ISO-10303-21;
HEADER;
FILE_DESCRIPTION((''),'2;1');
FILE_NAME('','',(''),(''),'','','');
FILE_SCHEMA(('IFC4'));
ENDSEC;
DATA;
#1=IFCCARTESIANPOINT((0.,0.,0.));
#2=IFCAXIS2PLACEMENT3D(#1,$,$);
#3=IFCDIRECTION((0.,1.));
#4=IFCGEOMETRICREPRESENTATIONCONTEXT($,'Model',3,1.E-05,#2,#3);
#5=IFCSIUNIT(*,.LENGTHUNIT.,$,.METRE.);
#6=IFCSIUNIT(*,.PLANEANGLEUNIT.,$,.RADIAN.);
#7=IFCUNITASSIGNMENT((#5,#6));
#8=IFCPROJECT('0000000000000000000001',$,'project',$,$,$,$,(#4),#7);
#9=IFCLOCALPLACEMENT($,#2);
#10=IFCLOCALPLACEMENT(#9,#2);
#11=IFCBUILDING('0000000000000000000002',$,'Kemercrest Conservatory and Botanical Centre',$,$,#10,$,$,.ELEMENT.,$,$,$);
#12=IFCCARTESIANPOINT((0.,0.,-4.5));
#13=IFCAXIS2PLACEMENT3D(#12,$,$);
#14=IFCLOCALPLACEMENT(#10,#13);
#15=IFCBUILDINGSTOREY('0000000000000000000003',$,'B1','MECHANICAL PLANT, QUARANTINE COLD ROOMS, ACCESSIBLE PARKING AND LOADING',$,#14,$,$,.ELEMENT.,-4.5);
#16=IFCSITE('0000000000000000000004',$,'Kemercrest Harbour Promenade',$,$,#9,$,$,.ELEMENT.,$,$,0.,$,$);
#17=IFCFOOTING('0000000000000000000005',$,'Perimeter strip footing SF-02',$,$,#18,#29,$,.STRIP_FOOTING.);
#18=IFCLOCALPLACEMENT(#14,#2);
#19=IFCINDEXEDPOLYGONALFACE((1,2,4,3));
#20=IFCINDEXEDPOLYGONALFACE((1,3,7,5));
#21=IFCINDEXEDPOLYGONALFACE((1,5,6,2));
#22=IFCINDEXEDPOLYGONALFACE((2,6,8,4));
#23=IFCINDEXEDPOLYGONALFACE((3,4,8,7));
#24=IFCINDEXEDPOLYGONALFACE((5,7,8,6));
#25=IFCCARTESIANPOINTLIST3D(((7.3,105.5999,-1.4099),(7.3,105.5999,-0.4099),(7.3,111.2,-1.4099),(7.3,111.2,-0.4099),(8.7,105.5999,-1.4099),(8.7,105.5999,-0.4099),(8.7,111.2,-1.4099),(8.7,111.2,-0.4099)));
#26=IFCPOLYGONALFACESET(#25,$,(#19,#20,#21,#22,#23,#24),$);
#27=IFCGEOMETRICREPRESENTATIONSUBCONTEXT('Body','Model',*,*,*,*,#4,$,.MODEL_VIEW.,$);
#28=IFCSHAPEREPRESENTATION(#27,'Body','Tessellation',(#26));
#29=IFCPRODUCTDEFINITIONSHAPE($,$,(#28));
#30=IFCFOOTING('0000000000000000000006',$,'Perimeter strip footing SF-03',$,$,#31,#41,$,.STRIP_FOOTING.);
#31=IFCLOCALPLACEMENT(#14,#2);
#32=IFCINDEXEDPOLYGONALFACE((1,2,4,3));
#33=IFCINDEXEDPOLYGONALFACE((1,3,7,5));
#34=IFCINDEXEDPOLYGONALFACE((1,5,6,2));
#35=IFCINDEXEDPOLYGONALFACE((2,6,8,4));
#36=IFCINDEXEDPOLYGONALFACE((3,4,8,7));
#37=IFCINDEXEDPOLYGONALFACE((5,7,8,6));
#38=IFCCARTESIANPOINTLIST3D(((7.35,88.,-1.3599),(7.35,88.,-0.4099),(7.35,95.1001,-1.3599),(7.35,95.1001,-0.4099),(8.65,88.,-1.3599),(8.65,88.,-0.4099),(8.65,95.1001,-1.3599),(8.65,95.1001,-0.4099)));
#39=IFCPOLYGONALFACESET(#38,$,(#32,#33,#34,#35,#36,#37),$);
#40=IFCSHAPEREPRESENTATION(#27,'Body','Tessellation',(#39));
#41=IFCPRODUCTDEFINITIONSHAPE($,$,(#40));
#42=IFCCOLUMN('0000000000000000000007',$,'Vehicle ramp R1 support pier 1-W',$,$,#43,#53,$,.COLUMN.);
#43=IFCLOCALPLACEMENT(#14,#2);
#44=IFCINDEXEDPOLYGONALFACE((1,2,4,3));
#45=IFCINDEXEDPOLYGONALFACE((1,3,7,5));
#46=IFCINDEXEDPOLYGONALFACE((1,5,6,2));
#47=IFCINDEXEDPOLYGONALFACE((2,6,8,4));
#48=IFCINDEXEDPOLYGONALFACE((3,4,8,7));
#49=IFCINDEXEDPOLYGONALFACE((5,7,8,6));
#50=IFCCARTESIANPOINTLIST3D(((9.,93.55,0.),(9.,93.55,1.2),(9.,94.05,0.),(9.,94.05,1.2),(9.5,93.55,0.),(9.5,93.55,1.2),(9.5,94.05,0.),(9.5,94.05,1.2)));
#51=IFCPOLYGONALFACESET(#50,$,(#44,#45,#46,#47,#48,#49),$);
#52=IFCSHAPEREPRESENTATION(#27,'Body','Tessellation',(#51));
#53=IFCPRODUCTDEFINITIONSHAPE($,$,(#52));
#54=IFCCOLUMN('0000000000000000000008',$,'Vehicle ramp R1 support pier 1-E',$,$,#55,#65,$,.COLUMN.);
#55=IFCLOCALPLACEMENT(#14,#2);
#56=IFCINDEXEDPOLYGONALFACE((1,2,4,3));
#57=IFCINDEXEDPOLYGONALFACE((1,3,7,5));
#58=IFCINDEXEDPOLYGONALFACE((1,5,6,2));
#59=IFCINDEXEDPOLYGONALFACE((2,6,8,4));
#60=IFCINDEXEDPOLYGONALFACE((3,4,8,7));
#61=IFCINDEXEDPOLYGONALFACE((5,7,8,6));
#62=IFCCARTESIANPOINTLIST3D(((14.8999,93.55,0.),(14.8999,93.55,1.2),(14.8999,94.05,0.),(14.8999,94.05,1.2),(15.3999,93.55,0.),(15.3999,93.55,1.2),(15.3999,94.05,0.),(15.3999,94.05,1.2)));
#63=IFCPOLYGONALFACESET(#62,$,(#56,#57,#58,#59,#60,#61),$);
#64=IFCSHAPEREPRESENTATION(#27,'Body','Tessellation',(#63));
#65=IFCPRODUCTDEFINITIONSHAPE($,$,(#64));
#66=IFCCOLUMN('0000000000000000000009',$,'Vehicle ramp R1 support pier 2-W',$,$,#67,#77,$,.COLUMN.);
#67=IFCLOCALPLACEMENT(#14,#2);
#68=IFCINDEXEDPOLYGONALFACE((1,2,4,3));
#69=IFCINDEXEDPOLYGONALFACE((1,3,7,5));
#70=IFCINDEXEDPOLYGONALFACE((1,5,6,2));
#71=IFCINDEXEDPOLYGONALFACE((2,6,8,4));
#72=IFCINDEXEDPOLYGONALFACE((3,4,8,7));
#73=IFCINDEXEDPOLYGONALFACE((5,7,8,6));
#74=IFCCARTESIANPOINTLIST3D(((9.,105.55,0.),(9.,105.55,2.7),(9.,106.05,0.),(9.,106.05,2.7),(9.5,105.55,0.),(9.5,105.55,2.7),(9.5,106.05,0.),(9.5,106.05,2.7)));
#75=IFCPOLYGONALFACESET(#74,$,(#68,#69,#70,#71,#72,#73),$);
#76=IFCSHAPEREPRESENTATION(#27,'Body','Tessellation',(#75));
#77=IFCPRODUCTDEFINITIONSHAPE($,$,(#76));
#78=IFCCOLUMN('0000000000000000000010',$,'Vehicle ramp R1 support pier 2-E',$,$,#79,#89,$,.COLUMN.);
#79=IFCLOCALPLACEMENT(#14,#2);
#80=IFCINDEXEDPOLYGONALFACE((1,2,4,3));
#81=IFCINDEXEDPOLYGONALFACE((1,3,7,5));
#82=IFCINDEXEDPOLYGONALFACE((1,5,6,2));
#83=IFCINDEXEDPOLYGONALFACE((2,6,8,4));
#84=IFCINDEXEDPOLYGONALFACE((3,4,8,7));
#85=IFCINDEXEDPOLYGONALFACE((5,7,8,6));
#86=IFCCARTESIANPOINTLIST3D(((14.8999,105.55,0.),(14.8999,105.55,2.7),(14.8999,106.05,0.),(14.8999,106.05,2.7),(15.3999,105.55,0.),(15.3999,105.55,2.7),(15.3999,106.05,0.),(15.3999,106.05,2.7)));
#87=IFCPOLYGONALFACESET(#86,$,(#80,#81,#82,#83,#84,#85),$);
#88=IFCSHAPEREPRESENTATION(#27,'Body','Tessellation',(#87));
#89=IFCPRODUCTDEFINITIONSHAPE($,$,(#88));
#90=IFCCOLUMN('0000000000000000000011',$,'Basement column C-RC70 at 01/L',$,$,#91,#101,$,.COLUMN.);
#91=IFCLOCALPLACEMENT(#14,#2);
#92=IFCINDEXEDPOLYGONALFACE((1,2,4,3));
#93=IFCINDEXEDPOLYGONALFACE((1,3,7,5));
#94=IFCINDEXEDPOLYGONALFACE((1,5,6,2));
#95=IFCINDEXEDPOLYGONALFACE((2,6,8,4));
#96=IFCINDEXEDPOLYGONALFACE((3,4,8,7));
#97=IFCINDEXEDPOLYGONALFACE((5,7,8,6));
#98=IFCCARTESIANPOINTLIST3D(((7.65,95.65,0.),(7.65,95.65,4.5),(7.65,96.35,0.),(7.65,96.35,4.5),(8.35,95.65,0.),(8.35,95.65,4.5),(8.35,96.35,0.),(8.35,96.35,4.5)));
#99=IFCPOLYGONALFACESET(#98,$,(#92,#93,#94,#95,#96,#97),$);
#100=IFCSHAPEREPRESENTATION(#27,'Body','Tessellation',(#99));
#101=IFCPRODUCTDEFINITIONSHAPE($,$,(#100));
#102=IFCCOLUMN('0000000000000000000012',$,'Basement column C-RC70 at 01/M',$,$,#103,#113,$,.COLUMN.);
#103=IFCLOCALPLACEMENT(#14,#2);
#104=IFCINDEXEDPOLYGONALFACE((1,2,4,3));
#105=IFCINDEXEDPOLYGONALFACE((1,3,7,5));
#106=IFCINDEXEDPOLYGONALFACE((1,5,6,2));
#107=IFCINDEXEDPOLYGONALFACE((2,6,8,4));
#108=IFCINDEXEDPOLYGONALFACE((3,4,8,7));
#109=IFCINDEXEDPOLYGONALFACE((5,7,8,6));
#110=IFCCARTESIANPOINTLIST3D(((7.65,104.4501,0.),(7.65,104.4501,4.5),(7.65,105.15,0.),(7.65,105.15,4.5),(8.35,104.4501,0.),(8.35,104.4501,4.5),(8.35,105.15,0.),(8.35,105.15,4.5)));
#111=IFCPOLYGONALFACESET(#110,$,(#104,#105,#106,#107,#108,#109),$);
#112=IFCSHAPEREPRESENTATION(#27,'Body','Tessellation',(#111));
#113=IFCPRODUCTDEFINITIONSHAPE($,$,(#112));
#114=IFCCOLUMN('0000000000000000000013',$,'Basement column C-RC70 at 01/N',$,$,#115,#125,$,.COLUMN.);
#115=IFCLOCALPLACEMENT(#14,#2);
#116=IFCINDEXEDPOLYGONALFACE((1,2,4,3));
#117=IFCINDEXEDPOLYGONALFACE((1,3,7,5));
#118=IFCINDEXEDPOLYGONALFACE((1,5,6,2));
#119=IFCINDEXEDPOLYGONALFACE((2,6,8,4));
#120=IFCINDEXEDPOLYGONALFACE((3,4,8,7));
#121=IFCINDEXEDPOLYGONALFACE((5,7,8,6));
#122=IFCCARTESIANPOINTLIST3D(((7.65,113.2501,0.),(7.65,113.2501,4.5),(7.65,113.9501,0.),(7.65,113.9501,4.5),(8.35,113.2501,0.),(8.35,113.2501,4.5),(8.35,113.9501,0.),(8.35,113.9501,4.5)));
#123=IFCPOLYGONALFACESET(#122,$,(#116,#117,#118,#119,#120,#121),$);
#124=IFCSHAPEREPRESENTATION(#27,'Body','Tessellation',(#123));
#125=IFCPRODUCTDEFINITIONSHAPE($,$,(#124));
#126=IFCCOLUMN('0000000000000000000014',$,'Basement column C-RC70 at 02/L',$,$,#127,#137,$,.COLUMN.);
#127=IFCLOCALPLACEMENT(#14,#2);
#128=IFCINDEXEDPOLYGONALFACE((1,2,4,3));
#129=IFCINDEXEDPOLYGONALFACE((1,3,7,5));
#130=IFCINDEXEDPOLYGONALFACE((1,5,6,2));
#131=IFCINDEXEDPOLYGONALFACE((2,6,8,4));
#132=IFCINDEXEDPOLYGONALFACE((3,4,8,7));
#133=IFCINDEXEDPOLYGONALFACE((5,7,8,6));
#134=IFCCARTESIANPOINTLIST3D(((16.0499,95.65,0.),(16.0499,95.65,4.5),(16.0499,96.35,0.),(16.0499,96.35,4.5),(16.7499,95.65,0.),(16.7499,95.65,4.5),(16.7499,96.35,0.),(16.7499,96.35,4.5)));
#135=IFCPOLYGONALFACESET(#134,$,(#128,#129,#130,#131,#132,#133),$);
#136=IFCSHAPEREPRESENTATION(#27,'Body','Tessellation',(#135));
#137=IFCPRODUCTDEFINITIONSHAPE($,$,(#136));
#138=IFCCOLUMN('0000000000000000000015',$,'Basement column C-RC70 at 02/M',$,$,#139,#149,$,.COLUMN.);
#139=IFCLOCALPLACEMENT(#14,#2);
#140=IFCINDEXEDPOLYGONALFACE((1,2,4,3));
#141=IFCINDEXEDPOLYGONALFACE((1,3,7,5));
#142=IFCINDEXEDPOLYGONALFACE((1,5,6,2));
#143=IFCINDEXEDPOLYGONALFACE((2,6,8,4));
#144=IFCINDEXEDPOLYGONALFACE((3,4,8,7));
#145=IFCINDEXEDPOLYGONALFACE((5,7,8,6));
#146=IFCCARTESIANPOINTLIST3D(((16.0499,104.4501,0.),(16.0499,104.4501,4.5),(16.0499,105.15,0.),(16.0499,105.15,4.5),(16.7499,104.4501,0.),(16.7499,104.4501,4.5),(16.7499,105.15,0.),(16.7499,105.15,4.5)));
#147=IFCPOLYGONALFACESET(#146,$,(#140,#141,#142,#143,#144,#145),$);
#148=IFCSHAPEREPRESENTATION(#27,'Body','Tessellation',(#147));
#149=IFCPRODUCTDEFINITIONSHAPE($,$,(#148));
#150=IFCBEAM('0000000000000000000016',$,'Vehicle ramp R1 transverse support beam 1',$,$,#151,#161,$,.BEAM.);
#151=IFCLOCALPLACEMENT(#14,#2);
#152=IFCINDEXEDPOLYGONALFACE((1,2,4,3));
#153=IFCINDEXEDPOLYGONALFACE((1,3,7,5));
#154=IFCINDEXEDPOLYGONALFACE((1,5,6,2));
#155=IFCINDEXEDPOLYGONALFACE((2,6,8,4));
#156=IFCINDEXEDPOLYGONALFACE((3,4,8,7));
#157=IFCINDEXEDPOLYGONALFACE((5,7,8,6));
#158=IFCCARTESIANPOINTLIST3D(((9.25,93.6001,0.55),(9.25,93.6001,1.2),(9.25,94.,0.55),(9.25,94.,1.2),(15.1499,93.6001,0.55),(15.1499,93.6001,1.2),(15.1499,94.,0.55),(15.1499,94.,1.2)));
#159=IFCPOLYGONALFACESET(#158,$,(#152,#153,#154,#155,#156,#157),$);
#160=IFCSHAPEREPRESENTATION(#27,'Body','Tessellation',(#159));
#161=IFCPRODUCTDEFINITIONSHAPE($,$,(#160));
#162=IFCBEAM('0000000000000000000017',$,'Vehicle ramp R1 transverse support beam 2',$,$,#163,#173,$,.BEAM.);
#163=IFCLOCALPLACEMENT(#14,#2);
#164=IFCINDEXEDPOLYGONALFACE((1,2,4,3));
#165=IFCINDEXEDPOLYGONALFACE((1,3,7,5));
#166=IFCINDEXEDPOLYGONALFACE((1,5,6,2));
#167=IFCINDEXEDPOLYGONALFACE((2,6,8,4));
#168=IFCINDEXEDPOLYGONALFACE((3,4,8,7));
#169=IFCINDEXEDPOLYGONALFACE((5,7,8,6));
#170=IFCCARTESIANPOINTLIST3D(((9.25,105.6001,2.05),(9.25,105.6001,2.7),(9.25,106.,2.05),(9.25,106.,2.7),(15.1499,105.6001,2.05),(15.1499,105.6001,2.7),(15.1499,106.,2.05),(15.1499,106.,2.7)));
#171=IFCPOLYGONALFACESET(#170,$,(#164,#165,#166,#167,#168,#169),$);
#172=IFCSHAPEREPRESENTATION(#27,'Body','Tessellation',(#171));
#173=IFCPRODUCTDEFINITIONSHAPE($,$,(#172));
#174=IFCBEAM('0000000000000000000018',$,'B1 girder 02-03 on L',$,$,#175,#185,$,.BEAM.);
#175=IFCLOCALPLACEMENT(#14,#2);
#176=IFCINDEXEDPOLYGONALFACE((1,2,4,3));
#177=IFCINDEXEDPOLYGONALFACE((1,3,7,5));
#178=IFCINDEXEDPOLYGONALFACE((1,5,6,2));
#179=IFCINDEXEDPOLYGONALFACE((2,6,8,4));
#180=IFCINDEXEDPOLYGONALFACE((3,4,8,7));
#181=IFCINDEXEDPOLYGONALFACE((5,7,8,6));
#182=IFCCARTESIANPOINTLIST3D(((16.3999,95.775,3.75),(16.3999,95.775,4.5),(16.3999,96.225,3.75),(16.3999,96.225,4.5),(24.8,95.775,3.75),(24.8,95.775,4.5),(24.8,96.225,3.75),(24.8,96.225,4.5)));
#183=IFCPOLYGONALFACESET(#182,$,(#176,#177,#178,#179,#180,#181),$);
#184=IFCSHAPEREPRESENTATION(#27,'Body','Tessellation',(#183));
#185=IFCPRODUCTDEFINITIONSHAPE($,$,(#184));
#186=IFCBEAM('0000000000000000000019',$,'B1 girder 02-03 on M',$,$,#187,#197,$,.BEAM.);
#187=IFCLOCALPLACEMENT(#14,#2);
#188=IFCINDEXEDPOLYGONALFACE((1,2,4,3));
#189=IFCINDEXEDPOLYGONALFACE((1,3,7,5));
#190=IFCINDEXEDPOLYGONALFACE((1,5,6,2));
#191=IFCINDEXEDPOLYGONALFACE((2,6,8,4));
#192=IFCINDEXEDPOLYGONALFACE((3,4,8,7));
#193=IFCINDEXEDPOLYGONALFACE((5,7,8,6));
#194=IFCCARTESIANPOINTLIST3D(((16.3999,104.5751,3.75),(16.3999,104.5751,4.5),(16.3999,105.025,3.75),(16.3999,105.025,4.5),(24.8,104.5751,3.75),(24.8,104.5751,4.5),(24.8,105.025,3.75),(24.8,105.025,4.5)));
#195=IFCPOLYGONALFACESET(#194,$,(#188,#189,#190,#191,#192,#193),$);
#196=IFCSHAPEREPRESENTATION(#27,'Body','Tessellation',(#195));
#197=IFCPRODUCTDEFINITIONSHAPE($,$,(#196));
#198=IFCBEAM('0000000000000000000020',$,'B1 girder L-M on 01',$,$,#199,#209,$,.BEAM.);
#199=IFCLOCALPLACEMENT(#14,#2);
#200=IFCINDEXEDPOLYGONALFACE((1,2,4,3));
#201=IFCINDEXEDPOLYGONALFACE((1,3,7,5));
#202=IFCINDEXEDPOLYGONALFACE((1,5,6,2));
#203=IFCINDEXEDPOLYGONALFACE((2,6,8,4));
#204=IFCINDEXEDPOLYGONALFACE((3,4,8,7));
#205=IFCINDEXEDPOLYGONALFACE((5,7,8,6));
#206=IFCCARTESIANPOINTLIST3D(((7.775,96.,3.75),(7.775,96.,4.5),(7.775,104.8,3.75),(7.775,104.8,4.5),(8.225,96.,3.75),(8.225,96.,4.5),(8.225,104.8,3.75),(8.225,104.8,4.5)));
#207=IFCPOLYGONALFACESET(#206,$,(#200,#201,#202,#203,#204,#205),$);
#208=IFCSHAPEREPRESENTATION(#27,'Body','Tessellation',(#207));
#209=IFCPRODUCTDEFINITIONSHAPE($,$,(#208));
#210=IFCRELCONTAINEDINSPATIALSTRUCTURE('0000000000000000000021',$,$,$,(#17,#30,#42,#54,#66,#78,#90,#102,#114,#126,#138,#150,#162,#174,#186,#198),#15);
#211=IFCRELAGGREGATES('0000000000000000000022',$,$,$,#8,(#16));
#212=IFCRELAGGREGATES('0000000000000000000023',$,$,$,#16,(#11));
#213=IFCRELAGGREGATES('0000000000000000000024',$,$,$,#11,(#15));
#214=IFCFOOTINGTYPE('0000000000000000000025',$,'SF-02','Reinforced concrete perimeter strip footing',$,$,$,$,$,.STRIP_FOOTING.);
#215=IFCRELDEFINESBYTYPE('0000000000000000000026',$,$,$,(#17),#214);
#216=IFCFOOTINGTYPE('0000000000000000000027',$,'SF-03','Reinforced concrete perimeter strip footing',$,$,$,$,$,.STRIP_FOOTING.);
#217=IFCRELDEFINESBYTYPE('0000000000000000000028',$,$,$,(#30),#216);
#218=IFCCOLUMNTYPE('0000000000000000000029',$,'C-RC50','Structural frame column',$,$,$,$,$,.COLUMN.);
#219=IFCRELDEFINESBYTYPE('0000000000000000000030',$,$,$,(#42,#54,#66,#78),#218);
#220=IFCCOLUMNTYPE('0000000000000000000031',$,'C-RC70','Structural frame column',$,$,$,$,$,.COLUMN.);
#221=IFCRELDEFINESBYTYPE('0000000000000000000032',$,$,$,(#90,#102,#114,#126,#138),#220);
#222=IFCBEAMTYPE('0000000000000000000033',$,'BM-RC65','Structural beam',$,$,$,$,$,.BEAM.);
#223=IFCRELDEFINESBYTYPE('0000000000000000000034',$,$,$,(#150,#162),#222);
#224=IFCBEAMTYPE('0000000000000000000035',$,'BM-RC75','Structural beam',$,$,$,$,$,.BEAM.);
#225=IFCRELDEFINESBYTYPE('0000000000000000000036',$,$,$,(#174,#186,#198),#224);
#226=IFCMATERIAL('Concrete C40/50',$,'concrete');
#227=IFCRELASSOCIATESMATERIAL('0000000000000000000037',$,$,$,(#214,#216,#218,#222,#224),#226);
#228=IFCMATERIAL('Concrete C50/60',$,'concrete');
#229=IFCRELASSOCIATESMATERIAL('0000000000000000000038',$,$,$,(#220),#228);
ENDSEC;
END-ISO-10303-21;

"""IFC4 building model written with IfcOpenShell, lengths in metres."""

from ifc_helpers import new_model, si_unit, direction, frame, origin, origin_2d, place, context, subcontext, project, spatial, rectangle, extrude, material, material_profile, profile_set, type_object, element, save


model = new_model("IFC4")

# Units and contexts
model_context = context("Model", 3, precision=1e-05, world=origin(), true_north=direction((0.0, 1.0)))
body_context = subcontext(model_context, "Body", "Model", "MODEL_VIEW")
ifc_project = project(units=[si_unit("LENGTHUNIT", "METRE"), si_unit("PLANEANGLEUNIT", "RADIAN")], contexts=[model_context])

# Site, building, storey
site_placement = place(None, origin())
site = spatial("IfcSite", under=ifc_project, at=site_placement, Name="Kemercrest Harbour Promenade", CompositionType="ELEMENT", RefElevation=0.0)
building_placement = place(site_placement, origin())
building = spatial("IfcBuilding", under=site, at=building_placement, Name="Kemercrest Conservatory and Botanical Centre", CompositionType="ELEMENT")
storey_placement = place(building_placement, frame((0.0, 0.0, -4.5)))
storey = spatial("IfcBuildingStorey", under=building, at=storey_placement, Name="B1", Description="MECHANICAL PLANT, QUARANTINE COLD ROOMS, ACCESSIBLE PARKING AND LOADING", CompositionType="ELEMENT", Elevation=-4.5)

# Shared definitions
ifc_material_1 = material(Name="Concrete C40/50", Category="concrete")

# Footings
footing_type_1 = type_object("IfcFootingType", Name="SF-02", Description="Reinforced concrete perimeter strip footing", PredefinedType="STRIP_FOOTING", material=ifc_material_1)
footing_1_placement = place(storey_placement, frame((8.0, 108.3999, -1.4099), z_axis=(0.0, 0.0, 1.0), x_axis=(1.0, 0.0, 0.0)))
element("IfcFooting", 1, at=footing_1_placement, inside=storey, type_object=footing_type_1, Name="Perimeter strip footing SF-02", PredefinedType="STRIP_FOOTING", context=body_context, shape_type="SweptSolid", body=[
    extrude(rectangle(XDim=1.3999, YDim=5.6001, at=origin_2d()), origin(), (0.0, 0.0, 1.0), 1.0),
])
footing_type_2 = type_object("IfcFootingType", Name="SF-03", Description="Reinforced concrete perimeter strip footing", PredefinedType="STRIP_FOOTING", material=ifc_material_1)
footing_2_placement = place(storey_placement, frame((8.0, 91.55, -1.3599), z_axis=(0.0, 0.0, 1.0), x_axis=(1.0, 0.0, 0.0)))
element("IfcFooting", 2, at=footing_2_placement, inside=storey, type_object=footing_type_2, Name="Perimeter strip footing SF-03", PredefinedType="STRIP_FOOTING", context=body_context, shape_type="SweptSolid", body=[
    extrude(rectangle(XDim=1.3, YDim=7.1001, at=origin_2d()), origin(), (0.0, 0.0, 1.0), 0.95),
])

# Columns
ifc_material_profile_1 = material_profile(ifc_material_1, rectangle(XDim=0.5, YDim=0.5, at=origin_2d()), Name="RC 500x500")
ifc_profile_set_1 = profile_set([ifc_material_profile_1], Name="Concrete C40/50")
column_type_1 = type_object("IfcColumnType", Name="C-RC50", Description="Structural frame column", PredefinedType="COLUMN", material=ifc_profile_set_1)
for number, where, z_axis, x_axis, name in (
    (3, (9.25, 93.8, 0.0), (0.0, 0.0, 1.0), (1.0, 0.0, 0.0), "Vehicle ramp R1 support pier 1-W"),
    (4, (15.1499, 93.8, 0.0), (0.0, 0.0, 1.0), (1.0, 0.0, 0.0), "Vehicle ramp R1 support pier 1-E"),
):
    element("IfcColumn", number, at=place(storey_placement, frame(where, z_axis=z_axis, x_axis=x_axis)), inside=storey, type_object=column_type_1, Name=name, PredefinedType="COLUMN", context=body_context, shape_type="SweptSolid", body=[
        extrude(rectangle(XDim=0.5, YDim=0.5, at=origin_2d()), origin(), (0.0, 0.0, 1.0), 1.2),
    ])
for number, where, z_axis, x_axis, name in (
    (5, (9.25, 105.8, 0.0), (0.0, 0.0, 1.0), (1.0, 0.0, 0.0), "Vehicle ramp R1 support pier 2-W"),
    (6, (15.1499, 105.8, 0.0), (0.0, 0.0, 1.0), (1.0, 0.0, 0.0), "Vehicle ramp R1 support pier 2-E"),
):
    element("IfcColumn", number, at=place(storey_placement, frame(where, z_axis=z_axis, x_axis=x_axis)), inside=storey, type_object=column_type_1, Name=name, PredefinedType="COLUMN", context=body_context, shape_type="SweptSolid", body=[
        extrude(rectangle(XDim=0.5, YDim=0.5, at=origin_2d()), origin(), (0.0, 0.0, 1.0), 2.7),
    ])
ifc_material_2 = material(Name="Concrete C50/60", Category="concrete")
ifc_material_profile_2 = material_profile(ifc_material_2, rectangle(XDim=0.7, YDim=0.7, at=origin_2d()), Name="RC 700x700")
ifc_profile_set_2 = profile_set([ifc_material_profile_2], Name="Concrete C50/60")
column_type_2 = type_object("IfcColumnType", Name="C-RC70", Description="Structural frame column", PredefinedType="COLUMN", material=ifc_profile_set_2)
for number, where, z_axis, x_axis, name in (
    (7, (8.0, 96.0, 0.0), (0.0, 0.0, 1.0), (1.0, 0.0, 0.0), "Basement column C-RC70 at 01/L"),
    (8, (8.0, 104.8, 0.0), (0.0, 0.0, 1.0), (1.0, 0.0, 0.0), "Basement column C-RC70 at 01/M"),
    (9, (8.0, 113.6001, 0.0), (0.0, 0.0, 1.0), (1.0, 0.0, 0.0), "Basement column C-RC70 at 01/N"),
    (10, (16.3999, 96.0, 0.0), (0.0, 0.0, 1.0), (1.0, 0.0, 0.0), "Basement column C-RC70 at 02/L"),
    (11, (16.3999, 104.8, 0.0), (0.0, 0.0, 1.0), (1.0, 0.0, 0.0), "Basement column C-RC70 at 02/M"),
):
    element("IfcColumn", number, at=place(storey_placement, frame(where, z_axis=z_axis, x_axis=x_axis)), inside=storey, type_object=column_type_2, Name=name, PredefinedType="COLUMN", context=body_context, shape_type="SweptSolid", body=[
        extrude(rectangle(XDim=0.7, YDim=0.7, at=origin_2d()), origin(), (0.0, 0.0, 1.0), 4.5),
    ])

# Beams
ifc_material_profile_3 = material_profile(ifc_material_1, rectangle(XDim=0.3999, YDim=0.6499, at=origin_2d()), Name="RC 400x650")
ifc_profile_set_3 = profile_set([ifc_material_profile_3], Name="Concrete C40/50")
beam_type_1 = type_object("IfcBeamType", Name="BM-RC65", Description="Structural beam", PredefinedType="BEAM", material=ifc_profile_set_3)
for number, where, z_axis, x_axis, name in (
    (12, (9.25, 93.8, 0.875), (1.0, 0.0, 0.0), (0.0, 1.0, 0.0), "Vehicle ramp R1 transverse support beam 1"),
    (13, (9.25, 105.8, 2.375), (1.0, 0.0, 0.0), (0.0, 1.0, 0.0), "Vehicle ramp R1 transverse support beam 2"),
):
    element("IfcBeam", number, at=place(storey_placement, frame(where, z_axis=z_axis, x_axis=x_axis)), inside=storey, type_object=beam_type_1, Name=name, PredefinedType="BEAM", context=body_context, shape_type="SweptSolid", body=[
        extrude(rectangle(XDim=0.3999, YDim=0.6499, at=origin_2d()), origin(), (0.0, 0.0, 1.0), 5.8999),
    ])
ifc_material_profile_4 = material_profile(ifc_material_1, rectangle(XDim=0.45, YDim=0.75, at=origin_2d()), Name="RC 450x750")
ifc_profile_set_4 = profile_set([ifc_material_profile_4], Name="Concrete C40/50")
beam_type_2 = type_object("IfcBeamType", Name="BM-RC75", Description="Structural beam", PredefinedType="BEAM", material=ifc_profile_set_4)
for number, where, z_axis, x_axis, name in (
    (14, (16.3999, 96.0, 4.125), (1.0, 0.0, 0.0), (0.0, 1.0, 0.0), "B1 girder 02-03 on L"),
    (15, (16.3999, 104.8, 4.125), (1.0, 0.0, 0.0), (0.0, 1.0, 0.0), "B1 girder 02-03 on M"),
):
    element("IfcBeam", number, at=place(storey_placement, frame(where, z_axis=z_axis, x_axis=x_axis)), inside=storey, type_object=beam_type_2, Name=name, PredefinedType="BEAM", context=body_context, shape_type="SweptSolid", body=[
        extrude(rectangle(XDim=0.45, YDim=0.75, at=origin_2d()), origin(), (0.0, 0.0, 1.0), 8.4001),
    ])
for number, where, z_axis, x_axis, name in (
    (16, (8.0, 96.0, 4.125), (0.0, 1.0, 0.0), (-1.0, 0.0, 0.0), "B1 girder L-M on 01"),
):
    element("IfcBeam", number, at=place(storey_placement, frame(where, z_axis=z_axis, x_axis=x_axis)), inside=storey, type_object=beam_type_2, Name=name, PredefinedType="BEAM", context=body_context, shape_type="SweptSolid", body=[
        extrude(rectangle(XDim=0.45, YDim=0.75, at=origin_2d()), origin(), (0.0, 0.0, 1.0), 8.8),
    ])

save(model, "model.ifc")
